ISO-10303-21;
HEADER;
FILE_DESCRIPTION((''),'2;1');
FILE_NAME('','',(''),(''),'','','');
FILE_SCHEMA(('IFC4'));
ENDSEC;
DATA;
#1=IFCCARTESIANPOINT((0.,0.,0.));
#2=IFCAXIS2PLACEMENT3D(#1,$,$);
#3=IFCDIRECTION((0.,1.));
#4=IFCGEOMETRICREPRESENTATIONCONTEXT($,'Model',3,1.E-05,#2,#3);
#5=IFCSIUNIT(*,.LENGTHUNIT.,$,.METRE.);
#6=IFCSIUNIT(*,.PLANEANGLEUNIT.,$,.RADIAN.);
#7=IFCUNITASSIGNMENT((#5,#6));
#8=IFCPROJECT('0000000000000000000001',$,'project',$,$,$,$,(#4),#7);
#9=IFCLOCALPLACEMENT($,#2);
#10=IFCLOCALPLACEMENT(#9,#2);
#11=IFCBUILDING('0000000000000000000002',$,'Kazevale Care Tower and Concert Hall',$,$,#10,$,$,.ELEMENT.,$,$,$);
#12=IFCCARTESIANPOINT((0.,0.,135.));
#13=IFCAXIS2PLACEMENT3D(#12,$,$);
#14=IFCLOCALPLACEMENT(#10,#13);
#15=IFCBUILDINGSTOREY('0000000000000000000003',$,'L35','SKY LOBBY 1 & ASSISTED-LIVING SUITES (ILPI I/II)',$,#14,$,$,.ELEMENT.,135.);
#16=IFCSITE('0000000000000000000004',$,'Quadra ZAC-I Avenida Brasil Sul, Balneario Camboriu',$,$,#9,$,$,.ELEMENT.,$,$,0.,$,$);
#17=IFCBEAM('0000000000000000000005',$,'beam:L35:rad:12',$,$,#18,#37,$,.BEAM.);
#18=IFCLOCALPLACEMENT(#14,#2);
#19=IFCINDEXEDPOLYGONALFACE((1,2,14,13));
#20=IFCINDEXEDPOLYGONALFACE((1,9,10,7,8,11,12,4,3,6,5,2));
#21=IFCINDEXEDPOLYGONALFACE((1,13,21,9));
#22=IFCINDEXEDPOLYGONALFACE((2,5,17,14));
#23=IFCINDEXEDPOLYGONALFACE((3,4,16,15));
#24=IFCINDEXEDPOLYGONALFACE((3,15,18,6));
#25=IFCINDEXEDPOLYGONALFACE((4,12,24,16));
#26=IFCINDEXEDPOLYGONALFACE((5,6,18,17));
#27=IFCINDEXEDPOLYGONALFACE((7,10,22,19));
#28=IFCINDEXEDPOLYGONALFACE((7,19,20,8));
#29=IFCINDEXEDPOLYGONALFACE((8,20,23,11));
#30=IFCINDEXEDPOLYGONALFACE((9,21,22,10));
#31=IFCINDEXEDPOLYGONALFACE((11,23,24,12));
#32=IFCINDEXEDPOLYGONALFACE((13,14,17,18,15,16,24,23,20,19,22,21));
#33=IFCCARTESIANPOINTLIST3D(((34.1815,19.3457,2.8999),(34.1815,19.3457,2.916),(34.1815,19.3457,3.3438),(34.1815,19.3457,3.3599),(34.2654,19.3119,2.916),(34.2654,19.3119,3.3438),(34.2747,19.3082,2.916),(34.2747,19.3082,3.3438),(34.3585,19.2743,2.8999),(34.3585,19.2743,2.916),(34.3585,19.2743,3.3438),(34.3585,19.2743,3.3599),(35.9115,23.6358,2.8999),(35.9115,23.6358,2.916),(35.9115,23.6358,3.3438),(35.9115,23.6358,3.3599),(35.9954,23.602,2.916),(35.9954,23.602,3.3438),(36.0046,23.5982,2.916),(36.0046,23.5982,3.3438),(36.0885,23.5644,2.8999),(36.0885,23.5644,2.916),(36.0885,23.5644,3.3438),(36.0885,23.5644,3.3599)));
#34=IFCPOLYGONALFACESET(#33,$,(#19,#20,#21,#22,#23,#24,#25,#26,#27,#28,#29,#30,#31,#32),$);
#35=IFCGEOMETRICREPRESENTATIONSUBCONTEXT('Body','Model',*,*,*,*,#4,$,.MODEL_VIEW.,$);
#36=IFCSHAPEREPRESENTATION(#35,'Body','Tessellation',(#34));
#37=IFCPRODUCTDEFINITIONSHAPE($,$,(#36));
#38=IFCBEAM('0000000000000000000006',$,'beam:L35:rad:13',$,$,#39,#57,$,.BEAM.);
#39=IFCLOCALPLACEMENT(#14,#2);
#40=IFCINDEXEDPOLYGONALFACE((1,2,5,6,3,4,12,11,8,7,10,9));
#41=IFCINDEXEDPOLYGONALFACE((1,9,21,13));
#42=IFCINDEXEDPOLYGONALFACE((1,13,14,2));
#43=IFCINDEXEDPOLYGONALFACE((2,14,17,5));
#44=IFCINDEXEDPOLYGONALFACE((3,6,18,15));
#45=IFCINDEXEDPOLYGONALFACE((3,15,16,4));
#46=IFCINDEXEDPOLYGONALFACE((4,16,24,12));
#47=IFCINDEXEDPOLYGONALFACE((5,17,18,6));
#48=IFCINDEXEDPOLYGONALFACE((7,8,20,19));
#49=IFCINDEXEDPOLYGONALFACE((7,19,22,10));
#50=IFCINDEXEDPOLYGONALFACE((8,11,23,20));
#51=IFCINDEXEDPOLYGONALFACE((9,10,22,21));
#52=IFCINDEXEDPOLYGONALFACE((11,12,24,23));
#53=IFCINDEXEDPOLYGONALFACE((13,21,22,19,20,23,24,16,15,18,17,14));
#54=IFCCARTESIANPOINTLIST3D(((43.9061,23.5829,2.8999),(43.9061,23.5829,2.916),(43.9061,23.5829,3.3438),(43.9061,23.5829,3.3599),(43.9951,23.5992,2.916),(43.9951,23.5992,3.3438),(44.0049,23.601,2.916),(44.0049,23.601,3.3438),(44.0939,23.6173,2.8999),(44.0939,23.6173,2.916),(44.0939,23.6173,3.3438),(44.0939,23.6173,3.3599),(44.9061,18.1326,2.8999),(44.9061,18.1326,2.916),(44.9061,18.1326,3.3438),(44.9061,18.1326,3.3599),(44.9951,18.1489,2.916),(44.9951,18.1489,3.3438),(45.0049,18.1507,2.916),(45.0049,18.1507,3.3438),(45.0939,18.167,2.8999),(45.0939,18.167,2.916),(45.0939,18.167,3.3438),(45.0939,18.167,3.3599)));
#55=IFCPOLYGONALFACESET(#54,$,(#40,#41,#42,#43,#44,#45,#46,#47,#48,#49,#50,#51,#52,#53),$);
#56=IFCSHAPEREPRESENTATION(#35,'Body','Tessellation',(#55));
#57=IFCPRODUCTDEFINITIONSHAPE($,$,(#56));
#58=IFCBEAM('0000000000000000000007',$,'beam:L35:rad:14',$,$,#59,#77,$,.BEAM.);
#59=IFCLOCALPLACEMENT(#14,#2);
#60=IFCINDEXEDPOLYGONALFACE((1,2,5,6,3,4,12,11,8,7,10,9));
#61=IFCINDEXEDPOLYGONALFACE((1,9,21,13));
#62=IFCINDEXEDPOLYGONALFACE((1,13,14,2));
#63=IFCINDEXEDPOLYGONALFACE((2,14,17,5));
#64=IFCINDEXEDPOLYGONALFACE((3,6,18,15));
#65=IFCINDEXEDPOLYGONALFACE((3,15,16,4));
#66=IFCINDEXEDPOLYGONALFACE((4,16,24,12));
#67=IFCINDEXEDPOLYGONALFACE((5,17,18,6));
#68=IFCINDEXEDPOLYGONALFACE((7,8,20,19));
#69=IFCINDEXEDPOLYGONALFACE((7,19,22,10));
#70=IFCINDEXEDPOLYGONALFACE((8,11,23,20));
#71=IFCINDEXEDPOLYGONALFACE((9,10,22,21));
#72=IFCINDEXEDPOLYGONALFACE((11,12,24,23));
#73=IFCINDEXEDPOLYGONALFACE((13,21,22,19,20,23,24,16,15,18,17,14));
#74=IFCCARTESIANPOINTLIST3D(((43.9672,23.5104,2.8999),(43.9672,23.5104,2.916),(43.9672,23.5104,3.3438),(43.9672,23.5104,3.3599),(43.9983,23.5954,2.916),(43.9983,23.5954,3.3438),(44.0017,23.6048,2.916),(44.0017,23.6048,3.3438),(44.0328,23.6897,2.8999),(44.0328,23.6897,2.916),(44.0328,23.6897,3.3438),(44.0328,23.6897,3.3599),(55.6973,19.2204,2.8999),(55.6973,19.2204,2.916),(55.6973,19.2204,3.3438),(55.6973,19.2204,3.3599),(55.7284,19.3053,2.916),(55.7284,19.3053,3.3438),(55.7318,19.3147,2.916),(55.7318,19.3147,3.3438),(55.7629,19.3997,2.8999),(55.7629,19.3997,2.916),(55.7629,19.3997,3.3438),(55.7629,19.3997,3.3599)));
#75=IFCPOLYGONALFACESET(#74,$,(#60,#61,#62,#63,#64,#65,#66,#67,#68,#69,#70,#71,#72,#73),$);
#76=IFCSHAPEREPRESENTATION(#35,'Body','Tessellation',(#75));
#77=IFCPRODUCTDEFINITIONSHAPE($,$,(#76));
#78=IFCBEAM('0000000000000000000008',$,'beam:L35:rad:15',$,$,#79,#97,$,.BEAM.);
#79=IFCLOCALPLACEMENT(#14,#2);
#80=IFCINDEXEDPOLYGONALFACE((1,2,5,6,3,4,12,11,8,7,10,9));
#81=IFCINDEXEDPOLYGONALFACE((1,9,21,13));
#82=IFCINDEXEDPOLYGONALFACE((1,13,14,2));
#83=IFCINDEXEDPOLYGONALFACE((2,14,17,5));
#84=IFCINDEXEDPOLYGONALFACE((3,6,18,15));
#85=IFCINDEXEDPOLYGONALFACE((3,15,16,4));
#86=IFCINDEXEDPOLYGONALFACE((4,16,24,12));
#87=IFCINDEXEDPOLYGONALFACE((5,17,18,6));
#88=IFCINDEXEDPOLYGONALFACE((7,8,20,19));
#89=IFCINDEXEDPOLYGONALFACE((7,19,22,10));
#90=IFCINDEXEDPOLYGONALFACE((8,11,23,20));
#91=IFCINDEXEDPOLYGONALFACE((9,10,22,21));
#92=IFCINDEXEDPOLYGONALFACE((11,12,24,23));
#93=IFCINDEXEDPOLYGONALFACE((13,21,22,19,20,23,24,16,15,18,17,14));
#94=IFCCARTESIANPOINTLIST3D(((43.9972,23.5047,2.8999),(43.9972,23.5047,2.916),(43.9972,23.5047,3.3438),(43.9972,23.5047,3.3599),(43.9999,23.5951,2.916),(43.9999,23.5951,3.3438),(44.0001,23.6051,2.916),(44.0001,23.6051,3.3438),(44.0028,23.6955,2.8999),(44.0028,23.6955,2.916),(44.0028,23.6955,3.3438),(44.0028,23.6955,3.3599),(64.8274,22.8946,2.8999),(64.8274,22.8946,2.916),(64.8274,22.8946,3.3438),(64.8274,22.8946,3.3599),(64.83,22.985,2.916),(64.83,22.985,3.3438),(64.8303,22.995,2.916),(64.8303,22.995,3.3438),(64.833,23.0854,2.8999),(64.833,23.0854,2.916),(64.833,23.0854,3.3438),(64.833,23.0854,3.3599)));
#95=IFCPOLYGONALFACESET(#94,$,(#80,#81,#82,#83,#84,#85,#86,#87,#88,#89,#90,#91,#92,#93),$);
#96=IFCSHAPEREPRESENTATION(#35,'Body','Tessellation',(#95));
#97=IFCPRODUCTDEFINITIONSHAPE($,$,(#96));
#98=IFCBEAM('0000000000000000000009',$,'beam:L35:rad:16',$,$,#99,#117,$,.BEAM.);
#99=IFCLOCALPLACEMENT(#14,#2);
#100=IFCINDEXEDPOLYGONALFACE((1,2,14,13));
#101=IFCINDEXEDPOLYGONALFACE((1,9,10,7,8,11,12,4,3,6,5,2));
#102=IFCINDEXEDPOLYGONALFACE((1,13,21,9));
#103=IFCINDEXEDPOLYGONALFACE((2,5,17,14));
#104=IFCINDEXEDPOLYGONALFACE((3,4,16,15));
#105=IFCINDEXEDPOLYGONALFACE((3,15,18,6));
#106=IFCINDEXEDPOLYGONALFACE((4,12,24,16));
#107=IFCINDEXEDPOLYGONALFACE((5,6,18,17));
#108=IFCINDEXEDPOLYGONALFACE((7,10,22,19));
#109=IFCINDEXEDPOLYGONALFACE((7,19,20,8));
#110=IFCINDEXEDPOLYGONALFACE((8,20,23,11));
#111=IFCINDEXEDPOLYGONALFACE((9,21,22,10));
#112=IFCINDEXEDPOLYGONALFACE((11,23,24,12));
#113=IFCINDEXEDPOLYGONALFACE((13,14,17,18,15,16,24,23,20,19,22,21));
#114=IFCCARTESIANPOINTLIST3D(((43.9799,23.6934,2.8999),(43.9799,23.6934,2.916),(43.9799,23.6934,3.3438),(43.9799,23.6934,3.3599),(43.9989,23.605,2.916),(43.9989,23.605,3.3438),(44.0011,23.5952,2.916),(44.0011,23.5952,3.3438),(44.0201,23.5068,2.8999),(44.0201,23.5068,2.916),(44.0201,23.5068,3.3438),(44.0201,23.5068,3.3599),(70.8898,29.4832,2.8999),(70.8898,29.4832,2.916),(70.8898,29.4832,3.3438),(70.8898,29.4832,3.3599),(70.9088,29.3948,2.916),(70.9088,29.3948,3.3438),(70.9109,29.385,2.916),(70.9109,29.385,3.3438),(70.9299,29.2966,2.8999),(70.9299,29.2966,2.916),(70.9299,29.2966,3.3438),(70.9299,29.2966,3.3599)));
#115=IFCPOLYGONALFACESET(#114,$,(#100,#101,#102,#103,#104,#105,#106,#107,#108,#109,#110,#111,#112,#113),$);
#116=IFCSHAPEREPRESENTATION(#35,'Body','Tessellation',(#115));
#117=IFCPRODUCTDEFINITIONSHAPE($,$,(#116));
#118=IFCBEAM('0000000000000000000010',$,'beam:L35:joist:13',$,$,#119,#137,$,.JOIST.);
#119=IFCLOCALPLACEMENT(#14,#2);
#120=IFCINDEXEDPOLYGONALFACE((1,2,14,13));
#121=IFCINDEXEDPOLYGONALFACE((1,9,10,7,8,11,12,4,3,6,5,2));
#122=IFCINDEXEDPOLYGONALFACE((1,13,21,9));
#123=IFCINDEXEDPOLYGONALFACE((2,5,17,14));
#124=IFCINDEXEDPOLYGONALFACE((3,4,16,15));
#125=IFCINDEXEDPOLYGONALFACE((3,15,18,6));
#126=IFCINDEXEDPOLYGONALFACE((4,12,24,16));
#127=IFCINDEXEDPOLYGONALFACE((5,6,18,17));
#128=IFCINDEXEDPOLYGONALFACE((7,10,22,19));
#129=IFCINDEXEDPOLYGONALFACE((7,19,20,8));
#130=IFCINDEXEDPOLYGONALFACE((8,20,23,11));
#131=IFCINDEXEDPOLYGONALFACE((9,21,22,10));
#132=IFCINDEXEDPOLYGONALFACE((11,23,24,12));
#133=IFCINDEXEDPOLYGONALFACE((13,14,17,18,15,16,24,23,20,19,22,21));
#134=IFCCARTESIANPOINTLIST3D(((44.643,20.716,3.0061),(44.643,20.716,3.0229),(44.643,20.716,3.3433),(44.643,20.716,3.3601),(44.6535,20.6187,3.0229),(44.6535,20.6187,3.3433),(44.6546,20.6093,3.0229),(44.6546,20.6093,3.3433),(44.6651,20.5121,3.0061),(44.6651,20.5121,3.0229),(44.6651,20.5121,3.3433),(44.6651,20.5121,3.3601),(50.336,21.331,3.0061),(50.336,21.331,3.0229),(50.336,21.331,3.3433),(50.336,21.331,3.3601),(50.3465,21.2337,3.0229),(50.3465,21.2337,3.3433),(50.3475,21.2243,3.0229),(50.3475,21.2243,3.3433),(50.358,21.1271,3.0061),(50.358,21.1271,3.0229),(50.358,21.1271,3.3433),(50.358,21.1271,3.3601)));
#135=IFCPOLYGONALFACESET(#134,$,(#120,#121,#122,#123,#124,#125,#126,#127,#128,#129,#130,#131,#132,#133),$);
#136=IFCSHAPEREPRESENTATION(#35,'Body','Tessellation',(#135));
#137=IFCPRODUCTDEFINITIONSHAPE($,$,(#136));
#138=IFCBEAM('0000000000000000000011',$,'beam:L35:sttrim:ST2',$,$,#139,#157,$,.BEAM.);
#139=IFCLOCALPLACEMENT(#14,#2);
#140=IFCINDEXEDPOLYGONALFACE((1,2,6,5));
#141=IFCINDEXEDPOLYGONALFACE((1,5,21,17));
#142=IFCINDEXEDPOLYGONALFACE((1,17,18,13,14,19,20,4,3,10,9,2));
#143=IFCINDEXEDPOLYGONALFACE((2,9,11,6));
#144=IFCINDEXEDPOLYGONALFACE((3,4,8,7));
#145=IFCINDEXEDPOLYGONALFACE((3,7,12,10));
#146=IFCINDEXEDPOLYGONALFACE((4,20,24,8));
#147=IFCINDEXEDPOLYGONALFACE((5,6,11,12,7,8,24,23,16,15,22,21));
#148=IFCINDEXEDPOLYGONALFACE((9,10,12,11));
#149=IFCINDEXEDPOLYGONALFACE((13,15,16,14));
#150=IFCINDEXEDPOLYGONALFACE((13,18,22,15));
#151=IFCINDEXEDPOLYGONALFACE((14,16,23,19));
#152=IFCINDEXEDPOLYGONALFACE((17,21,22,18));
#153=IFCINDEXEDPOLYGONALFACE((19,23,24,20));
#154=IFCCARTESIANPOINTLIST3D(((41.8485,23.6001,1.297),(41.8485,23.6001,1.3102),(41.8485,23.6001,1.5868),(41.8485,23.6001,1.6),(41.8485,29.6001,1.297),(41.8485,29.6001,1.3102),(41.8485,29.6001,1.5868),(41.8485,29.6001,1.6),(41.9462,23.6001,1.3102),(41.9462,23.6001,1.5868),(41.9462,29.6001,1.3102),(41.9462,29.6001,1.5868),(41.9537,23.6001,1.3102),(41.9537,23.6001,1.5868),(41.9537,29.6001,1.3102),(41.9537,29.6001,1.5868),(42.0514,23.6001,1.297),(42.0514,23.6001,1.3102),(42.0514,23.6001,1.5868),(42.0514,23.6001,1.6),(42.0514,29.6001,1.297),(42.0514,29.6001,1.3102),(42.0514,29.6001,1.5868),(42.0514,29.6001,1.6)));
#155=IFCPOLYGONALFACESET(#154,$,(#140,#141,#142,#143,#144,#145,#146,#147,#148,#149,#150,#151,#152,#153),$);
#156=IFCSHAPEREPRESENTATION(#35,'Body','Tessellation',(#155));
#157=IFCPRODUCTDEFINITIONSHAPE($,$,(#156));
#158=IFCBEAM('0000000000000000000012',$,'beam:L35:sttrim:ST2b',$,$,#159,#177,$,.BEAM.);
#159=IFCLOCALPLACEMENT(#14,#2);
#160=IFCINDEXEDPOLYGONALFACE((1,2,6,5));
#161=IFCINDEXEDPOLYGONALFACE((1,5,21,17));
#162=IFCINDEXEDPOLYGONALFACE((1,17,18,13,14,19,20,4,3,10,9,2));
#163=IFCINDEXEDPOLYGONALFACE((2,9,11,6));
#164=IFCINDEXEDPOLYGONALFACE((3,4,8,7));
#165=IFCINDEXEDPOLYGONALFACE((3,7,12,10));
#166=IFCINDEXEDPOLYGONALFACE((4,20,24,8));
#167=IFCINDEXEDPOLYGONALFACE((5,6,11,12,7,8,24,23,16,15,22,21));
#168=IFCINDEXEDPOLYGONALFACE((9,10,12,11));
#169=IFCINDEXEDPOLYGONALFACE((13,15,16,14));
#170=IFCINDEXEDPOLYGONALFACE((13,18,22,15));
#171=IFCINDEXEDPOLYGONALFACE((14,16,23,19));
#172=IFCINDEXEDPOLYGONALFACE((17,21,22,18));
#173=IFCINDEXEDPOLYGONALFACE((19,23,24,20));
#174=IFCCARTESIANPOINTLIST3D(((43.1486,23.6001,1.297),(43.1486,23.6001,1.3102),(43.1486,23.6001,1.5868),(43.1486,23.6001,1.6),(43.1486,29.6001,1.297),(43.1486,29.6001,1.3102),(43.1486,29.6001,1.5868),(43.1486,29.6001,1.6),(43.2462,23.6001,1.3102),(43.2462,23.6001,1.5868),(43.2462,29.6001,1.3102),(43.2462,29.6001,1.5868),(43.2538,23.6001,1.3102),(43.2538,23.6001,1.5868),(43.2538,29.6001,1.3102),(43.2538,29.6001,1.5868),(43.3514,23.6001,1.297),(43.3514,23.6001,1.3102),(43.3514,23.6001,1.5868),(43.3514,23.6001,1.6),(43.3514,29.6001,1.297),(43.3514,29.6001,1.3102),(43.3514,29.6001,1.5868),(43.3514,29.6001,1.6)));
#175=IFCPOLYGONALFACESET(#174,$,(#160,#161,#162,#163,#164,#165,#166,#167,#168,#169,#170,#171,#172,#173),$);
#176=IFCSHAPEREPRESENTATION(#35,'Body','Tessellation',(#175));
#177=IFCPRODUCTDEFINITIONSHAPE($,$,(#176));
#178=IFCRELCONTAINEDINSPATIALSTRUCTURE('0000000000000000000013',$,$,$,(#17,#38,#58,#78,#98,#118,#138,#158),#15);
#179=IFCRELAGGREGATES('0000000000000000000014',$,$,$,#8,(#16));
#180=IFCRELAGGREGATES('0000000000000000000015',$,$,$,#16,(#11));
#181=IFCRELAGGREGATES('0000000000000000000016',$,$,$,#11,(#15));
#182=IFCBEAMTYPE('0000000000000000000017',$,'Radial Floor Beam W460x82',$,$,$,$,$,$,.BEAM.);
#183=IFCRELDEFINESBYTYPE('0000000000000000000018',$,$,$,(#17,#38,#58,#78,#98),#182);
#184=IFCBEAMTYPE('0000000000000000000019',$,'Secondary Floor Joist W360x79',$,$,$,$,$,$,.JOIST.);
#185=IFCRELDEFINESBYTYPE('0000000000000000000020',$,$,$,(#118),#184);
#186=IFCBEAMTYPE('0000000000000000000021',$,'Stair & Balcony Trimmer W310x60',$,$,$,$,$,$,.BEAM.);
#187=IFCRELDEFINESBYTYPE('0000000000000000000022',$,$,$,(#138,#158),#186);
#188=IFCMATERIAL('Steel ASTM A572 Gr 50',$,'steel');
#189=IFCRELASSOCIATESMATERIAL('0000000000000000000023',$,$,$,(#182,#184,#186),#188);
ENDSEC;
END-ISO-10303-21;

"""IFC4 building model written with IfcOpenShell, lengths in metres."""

from ifc_helpers import new_model, si_unit, direction, frame, origin, origin_2d, place, context, subcontext, project, spatial, i_section, extrude, material, material_profile, profile_set, type_object, element, save


model = new_model("IFC4")

# Units and contexts
model_context = context("Model", 3, precision=1e-05, world=origin(), true_north=direction((0.0, 1.0)))
body_context = subcontext(model_context, "Body", "Model", "MODEL_VIEW")
ifc_project = project(units=[si_unit("LENGTHUNIT", "METRE"), si_unit("PLANEANGLEUNIT", "RADIAN")], contexts=[model_context])

# Site, building, storey
site_placement = place(None, origin())
site = spatial("IfcSite", under=ifc_project, at=site_placement, Name="Quadra ZAC-I Avenida Brasil Sul, Balneario Camboriu", CompositionType="ELEMENT", RefElevation=0.0)
building_placement = place(site_placement, origin())
building = spatial("IfcBuilding", under=site, at=building_placement, Name="Kazevale Care Tower and Concert Hall", CompositionType="ELEMENT")
storey_placement = place(building_placement, frame((0.0, 0.0, 135.0)))
storey = spatial("IfcBuildingStorey", under=building, at=storey_placement, Name="L35", Description="SKY LOBBY 1 & ASSISTED-LIVING SUITES (ILPI I/II)", CompositionType="ELEMENT", Elevation=135.0)

# Beams
ifc_material_1 = material(Name="Steel ASTM A572 Gr 50", Category="steel")
ifc_material_profile_1 = material_profile(ifc_material_1, i_section(OverallWidth=0.1909, OverallDepth=0.46, WebThickness=0.01, FlangeThickness=0.0161, at=origin_2d()), Name="W460x82")
ifc_profile_set_1 = profile_set([ifc_material_profile_1], Name="Steel ASTM A572 Gr 50")
beam_type_1 = type_object("IfcBeamType", Name="Radial Floor Beam W460x82", PredefinedType="BEAM", material=ifc_profile_set_1)
beam_1_placement = place(storey_placement, frame((36.0, 23.6001, 3.1299), z_axis=(-0.373992, -0.927432, 0.0), x_axis=(0.927432, -0.373992, 0.0)))
element("IfcBeam", 1, at=beam_1_placement, inside=storey, type_object=beam_type_1, Name="beam:L35:rad:12", PredefinedType="BEAM", context=body_context, shape_type="SweptSolid", body=[
    extrude(i_section(OverallWidth=0.1909, OverallDepth=0.46, WebThickness=0.01, FlangeThickness=0.0161, at=origin_2d()), origin(), (0.0, 0.0, 1.0), 4.6257),
])
beam_2_placement = place(storey_placement, frame((44.0, 23.6001, 3.1299), z_axis=(0.180467, -0.983581, 0.0), x_axis=(0.983581, 0.180467, 0.0)))
element("IfcBeam", 2, at=beam_2_placement, inside=storey, type_object=beam_type_1, Name="beam:L35:rad:13", PredefinedType="BEAM", context=body_context, shape_type="SweptSolid", body=[
    extrude(i_section(OverallWidth=0.1909, OverallDepth=0.46, WebThickness=0.01, FlangeThickness=0.0161, at=origin_2d()), origin(), (0.0, 0.0, 1.0), 5.5413),
])
beam_3_placement = place(storey_placement, frame((44.0, 23.6001, 3.1299), z_axis=(0.939159, -0.343481, 0.0), x_axis=(0.343481, 0.939159, 0.0)))
element("IfcBeam", 3, at=beam_3_placement, inside=storey, type_object=beam_type_1, Name="beam:L35:rad:14", PredefinedType="BEAM", context=body_context, shape_type="SweptSolid", body=[
    extrude(i_section(OverallWidth=0.1909, OverallDepth=0.46, WebThickness=0.01, FlangeThickness=0.0161, at=origin_2d()), origin(), (0.0, 0.0, 1.0), 12.49),
])
beam_4_placement = place(storey_placement, frame((44.0, 23.6001, 3.1299), z_axis=(0.999571, -0.029277, 0.0), x_axis=(0.029277, 0.999571, 0.0)))
element("IfcBeam", 4, at=beam_4_placement, inside=storey, type_object=beam_type_1, Name="beam:L35:rad:15", PredefinedType="BEAM", context=body_context, shape_type="SweptSolid", body=[
    extrude(i_section(OverallWidth=0.1909, OverallDepth=0.46, WebThickness=0.01, FlangeThickness=0.0161, at=origin_2d()), origin(), (0.0, 0.0, 1.0), 20.8391),
])
beam_5_placement = place(storey_placement, frame((44.0, 23.6001, 3.1299), z_axis=(0.977628, 0.210341, 0.0), x_axis=(-0.210341, 0.977628, 0.0)))
element("IfcBeam", 5, at=beam_5_placement, inside=storey, type_object=beam_type_1, Name="beam:L35:rad:16", PredefinedType="BEAM", context=body_context, shape_type="SweptSolid", body=[
    extrude(i_section(OverallWidth=0.1909, OverallDepth=0.46, WebThickness=0.01, FlangeThickness=0.0161, at=origin_2d()), origin(), (0.0, 0.0, 1.0), 27.5256),
])
ifc_material_profile_2 = material_profile(ifc_material_1, i_section(OverallWidth=0.2051, OverallDepth=0.354, WebThickness=0.0095, FlangeThickness=0.0168, at=origin_2d()), Name="W360x79")
ifc_profile_set_2 = profile_set([ifc_material_profile_2], Name="Steel ASTM A572 Gr 50")
beam_type_2 = type_object("IfcBeamType", Name="Secondary Floor Joist W360x79", PredefinedType="JOIST", material=ifc_profile_set_2)
beam_6_placement = place(storey_placement, frame((44.6541, 20.614, 3.1831), z_axis=(0.994216, 0.107403, 0.0), x_axis=(-0.107403, 0.994216, 0.0)))
element("IfcBeam", 6, at=beam_6_placement, inside=storey, type_object=beam_type_2, Name="beam:L35:joist:13", PredefinedType="JOIST", context=body_context, shape_type="SweptSolid", body=[
    extrude(i_section(OverallWidth=0.2051, OverallDepth=0.354, WebThickness=0.0095, FlangeThickness=0.0168, at=origin_2d()), origin(), (0.0, 0.0, 1.0), 5.7261),
])
ifc_material_profile_3 = material_profile(ifc_material_1, i_section(OverallWidth=0.2029, OverallDepth=0.303, WebThickness=0.0076, FlangeThickness=0.0132, at=origin_2d()), Name="W310x60")
ifc_profile_set_3 = profile_set([ifc_material_profile_3], Name="Steel ASTM A572 Gr 50")
beam_type_3 = type_object("IfcBeamType", Name="Stair & Balcony Trimmer W310x60", PredefinedType="BEAM", material=ifc_profile_set_3)
for number, where, z_axis, x_axis, name in (
    (7, (41.95, 23.6001, 1.4485), (0.0, 1.0, 0.0), (-1.0, 0.0, 0.0), "beam:L35:sttrim:ST2"),
    (8, (43.25, 23.6001, 1.4485), (0.0, 1.0, 0.0), (-1.0, 0.0, 0.0), "beam:L35:sttrim:ST2b"),
):
    element("IfcBeam", number, at=place(storey_placement, frame(where, z_axis=z_axis, x_axis=x_axis)), inside=storey, type_object=beam_type_3, Name=name, PredefinedType="BEAM", context=body_context, shape_type="SweptSolid", body=[
        extrude(i_section(OverallWidth=0.2029, OverallDepth=0.303, WebThickness=0.0076, FlangeThickness=0.0132, at=origin_2d()), origin(), (0.0, 0.0, 1.0), 6.0),
    ])

save(model, "model.ifc")
